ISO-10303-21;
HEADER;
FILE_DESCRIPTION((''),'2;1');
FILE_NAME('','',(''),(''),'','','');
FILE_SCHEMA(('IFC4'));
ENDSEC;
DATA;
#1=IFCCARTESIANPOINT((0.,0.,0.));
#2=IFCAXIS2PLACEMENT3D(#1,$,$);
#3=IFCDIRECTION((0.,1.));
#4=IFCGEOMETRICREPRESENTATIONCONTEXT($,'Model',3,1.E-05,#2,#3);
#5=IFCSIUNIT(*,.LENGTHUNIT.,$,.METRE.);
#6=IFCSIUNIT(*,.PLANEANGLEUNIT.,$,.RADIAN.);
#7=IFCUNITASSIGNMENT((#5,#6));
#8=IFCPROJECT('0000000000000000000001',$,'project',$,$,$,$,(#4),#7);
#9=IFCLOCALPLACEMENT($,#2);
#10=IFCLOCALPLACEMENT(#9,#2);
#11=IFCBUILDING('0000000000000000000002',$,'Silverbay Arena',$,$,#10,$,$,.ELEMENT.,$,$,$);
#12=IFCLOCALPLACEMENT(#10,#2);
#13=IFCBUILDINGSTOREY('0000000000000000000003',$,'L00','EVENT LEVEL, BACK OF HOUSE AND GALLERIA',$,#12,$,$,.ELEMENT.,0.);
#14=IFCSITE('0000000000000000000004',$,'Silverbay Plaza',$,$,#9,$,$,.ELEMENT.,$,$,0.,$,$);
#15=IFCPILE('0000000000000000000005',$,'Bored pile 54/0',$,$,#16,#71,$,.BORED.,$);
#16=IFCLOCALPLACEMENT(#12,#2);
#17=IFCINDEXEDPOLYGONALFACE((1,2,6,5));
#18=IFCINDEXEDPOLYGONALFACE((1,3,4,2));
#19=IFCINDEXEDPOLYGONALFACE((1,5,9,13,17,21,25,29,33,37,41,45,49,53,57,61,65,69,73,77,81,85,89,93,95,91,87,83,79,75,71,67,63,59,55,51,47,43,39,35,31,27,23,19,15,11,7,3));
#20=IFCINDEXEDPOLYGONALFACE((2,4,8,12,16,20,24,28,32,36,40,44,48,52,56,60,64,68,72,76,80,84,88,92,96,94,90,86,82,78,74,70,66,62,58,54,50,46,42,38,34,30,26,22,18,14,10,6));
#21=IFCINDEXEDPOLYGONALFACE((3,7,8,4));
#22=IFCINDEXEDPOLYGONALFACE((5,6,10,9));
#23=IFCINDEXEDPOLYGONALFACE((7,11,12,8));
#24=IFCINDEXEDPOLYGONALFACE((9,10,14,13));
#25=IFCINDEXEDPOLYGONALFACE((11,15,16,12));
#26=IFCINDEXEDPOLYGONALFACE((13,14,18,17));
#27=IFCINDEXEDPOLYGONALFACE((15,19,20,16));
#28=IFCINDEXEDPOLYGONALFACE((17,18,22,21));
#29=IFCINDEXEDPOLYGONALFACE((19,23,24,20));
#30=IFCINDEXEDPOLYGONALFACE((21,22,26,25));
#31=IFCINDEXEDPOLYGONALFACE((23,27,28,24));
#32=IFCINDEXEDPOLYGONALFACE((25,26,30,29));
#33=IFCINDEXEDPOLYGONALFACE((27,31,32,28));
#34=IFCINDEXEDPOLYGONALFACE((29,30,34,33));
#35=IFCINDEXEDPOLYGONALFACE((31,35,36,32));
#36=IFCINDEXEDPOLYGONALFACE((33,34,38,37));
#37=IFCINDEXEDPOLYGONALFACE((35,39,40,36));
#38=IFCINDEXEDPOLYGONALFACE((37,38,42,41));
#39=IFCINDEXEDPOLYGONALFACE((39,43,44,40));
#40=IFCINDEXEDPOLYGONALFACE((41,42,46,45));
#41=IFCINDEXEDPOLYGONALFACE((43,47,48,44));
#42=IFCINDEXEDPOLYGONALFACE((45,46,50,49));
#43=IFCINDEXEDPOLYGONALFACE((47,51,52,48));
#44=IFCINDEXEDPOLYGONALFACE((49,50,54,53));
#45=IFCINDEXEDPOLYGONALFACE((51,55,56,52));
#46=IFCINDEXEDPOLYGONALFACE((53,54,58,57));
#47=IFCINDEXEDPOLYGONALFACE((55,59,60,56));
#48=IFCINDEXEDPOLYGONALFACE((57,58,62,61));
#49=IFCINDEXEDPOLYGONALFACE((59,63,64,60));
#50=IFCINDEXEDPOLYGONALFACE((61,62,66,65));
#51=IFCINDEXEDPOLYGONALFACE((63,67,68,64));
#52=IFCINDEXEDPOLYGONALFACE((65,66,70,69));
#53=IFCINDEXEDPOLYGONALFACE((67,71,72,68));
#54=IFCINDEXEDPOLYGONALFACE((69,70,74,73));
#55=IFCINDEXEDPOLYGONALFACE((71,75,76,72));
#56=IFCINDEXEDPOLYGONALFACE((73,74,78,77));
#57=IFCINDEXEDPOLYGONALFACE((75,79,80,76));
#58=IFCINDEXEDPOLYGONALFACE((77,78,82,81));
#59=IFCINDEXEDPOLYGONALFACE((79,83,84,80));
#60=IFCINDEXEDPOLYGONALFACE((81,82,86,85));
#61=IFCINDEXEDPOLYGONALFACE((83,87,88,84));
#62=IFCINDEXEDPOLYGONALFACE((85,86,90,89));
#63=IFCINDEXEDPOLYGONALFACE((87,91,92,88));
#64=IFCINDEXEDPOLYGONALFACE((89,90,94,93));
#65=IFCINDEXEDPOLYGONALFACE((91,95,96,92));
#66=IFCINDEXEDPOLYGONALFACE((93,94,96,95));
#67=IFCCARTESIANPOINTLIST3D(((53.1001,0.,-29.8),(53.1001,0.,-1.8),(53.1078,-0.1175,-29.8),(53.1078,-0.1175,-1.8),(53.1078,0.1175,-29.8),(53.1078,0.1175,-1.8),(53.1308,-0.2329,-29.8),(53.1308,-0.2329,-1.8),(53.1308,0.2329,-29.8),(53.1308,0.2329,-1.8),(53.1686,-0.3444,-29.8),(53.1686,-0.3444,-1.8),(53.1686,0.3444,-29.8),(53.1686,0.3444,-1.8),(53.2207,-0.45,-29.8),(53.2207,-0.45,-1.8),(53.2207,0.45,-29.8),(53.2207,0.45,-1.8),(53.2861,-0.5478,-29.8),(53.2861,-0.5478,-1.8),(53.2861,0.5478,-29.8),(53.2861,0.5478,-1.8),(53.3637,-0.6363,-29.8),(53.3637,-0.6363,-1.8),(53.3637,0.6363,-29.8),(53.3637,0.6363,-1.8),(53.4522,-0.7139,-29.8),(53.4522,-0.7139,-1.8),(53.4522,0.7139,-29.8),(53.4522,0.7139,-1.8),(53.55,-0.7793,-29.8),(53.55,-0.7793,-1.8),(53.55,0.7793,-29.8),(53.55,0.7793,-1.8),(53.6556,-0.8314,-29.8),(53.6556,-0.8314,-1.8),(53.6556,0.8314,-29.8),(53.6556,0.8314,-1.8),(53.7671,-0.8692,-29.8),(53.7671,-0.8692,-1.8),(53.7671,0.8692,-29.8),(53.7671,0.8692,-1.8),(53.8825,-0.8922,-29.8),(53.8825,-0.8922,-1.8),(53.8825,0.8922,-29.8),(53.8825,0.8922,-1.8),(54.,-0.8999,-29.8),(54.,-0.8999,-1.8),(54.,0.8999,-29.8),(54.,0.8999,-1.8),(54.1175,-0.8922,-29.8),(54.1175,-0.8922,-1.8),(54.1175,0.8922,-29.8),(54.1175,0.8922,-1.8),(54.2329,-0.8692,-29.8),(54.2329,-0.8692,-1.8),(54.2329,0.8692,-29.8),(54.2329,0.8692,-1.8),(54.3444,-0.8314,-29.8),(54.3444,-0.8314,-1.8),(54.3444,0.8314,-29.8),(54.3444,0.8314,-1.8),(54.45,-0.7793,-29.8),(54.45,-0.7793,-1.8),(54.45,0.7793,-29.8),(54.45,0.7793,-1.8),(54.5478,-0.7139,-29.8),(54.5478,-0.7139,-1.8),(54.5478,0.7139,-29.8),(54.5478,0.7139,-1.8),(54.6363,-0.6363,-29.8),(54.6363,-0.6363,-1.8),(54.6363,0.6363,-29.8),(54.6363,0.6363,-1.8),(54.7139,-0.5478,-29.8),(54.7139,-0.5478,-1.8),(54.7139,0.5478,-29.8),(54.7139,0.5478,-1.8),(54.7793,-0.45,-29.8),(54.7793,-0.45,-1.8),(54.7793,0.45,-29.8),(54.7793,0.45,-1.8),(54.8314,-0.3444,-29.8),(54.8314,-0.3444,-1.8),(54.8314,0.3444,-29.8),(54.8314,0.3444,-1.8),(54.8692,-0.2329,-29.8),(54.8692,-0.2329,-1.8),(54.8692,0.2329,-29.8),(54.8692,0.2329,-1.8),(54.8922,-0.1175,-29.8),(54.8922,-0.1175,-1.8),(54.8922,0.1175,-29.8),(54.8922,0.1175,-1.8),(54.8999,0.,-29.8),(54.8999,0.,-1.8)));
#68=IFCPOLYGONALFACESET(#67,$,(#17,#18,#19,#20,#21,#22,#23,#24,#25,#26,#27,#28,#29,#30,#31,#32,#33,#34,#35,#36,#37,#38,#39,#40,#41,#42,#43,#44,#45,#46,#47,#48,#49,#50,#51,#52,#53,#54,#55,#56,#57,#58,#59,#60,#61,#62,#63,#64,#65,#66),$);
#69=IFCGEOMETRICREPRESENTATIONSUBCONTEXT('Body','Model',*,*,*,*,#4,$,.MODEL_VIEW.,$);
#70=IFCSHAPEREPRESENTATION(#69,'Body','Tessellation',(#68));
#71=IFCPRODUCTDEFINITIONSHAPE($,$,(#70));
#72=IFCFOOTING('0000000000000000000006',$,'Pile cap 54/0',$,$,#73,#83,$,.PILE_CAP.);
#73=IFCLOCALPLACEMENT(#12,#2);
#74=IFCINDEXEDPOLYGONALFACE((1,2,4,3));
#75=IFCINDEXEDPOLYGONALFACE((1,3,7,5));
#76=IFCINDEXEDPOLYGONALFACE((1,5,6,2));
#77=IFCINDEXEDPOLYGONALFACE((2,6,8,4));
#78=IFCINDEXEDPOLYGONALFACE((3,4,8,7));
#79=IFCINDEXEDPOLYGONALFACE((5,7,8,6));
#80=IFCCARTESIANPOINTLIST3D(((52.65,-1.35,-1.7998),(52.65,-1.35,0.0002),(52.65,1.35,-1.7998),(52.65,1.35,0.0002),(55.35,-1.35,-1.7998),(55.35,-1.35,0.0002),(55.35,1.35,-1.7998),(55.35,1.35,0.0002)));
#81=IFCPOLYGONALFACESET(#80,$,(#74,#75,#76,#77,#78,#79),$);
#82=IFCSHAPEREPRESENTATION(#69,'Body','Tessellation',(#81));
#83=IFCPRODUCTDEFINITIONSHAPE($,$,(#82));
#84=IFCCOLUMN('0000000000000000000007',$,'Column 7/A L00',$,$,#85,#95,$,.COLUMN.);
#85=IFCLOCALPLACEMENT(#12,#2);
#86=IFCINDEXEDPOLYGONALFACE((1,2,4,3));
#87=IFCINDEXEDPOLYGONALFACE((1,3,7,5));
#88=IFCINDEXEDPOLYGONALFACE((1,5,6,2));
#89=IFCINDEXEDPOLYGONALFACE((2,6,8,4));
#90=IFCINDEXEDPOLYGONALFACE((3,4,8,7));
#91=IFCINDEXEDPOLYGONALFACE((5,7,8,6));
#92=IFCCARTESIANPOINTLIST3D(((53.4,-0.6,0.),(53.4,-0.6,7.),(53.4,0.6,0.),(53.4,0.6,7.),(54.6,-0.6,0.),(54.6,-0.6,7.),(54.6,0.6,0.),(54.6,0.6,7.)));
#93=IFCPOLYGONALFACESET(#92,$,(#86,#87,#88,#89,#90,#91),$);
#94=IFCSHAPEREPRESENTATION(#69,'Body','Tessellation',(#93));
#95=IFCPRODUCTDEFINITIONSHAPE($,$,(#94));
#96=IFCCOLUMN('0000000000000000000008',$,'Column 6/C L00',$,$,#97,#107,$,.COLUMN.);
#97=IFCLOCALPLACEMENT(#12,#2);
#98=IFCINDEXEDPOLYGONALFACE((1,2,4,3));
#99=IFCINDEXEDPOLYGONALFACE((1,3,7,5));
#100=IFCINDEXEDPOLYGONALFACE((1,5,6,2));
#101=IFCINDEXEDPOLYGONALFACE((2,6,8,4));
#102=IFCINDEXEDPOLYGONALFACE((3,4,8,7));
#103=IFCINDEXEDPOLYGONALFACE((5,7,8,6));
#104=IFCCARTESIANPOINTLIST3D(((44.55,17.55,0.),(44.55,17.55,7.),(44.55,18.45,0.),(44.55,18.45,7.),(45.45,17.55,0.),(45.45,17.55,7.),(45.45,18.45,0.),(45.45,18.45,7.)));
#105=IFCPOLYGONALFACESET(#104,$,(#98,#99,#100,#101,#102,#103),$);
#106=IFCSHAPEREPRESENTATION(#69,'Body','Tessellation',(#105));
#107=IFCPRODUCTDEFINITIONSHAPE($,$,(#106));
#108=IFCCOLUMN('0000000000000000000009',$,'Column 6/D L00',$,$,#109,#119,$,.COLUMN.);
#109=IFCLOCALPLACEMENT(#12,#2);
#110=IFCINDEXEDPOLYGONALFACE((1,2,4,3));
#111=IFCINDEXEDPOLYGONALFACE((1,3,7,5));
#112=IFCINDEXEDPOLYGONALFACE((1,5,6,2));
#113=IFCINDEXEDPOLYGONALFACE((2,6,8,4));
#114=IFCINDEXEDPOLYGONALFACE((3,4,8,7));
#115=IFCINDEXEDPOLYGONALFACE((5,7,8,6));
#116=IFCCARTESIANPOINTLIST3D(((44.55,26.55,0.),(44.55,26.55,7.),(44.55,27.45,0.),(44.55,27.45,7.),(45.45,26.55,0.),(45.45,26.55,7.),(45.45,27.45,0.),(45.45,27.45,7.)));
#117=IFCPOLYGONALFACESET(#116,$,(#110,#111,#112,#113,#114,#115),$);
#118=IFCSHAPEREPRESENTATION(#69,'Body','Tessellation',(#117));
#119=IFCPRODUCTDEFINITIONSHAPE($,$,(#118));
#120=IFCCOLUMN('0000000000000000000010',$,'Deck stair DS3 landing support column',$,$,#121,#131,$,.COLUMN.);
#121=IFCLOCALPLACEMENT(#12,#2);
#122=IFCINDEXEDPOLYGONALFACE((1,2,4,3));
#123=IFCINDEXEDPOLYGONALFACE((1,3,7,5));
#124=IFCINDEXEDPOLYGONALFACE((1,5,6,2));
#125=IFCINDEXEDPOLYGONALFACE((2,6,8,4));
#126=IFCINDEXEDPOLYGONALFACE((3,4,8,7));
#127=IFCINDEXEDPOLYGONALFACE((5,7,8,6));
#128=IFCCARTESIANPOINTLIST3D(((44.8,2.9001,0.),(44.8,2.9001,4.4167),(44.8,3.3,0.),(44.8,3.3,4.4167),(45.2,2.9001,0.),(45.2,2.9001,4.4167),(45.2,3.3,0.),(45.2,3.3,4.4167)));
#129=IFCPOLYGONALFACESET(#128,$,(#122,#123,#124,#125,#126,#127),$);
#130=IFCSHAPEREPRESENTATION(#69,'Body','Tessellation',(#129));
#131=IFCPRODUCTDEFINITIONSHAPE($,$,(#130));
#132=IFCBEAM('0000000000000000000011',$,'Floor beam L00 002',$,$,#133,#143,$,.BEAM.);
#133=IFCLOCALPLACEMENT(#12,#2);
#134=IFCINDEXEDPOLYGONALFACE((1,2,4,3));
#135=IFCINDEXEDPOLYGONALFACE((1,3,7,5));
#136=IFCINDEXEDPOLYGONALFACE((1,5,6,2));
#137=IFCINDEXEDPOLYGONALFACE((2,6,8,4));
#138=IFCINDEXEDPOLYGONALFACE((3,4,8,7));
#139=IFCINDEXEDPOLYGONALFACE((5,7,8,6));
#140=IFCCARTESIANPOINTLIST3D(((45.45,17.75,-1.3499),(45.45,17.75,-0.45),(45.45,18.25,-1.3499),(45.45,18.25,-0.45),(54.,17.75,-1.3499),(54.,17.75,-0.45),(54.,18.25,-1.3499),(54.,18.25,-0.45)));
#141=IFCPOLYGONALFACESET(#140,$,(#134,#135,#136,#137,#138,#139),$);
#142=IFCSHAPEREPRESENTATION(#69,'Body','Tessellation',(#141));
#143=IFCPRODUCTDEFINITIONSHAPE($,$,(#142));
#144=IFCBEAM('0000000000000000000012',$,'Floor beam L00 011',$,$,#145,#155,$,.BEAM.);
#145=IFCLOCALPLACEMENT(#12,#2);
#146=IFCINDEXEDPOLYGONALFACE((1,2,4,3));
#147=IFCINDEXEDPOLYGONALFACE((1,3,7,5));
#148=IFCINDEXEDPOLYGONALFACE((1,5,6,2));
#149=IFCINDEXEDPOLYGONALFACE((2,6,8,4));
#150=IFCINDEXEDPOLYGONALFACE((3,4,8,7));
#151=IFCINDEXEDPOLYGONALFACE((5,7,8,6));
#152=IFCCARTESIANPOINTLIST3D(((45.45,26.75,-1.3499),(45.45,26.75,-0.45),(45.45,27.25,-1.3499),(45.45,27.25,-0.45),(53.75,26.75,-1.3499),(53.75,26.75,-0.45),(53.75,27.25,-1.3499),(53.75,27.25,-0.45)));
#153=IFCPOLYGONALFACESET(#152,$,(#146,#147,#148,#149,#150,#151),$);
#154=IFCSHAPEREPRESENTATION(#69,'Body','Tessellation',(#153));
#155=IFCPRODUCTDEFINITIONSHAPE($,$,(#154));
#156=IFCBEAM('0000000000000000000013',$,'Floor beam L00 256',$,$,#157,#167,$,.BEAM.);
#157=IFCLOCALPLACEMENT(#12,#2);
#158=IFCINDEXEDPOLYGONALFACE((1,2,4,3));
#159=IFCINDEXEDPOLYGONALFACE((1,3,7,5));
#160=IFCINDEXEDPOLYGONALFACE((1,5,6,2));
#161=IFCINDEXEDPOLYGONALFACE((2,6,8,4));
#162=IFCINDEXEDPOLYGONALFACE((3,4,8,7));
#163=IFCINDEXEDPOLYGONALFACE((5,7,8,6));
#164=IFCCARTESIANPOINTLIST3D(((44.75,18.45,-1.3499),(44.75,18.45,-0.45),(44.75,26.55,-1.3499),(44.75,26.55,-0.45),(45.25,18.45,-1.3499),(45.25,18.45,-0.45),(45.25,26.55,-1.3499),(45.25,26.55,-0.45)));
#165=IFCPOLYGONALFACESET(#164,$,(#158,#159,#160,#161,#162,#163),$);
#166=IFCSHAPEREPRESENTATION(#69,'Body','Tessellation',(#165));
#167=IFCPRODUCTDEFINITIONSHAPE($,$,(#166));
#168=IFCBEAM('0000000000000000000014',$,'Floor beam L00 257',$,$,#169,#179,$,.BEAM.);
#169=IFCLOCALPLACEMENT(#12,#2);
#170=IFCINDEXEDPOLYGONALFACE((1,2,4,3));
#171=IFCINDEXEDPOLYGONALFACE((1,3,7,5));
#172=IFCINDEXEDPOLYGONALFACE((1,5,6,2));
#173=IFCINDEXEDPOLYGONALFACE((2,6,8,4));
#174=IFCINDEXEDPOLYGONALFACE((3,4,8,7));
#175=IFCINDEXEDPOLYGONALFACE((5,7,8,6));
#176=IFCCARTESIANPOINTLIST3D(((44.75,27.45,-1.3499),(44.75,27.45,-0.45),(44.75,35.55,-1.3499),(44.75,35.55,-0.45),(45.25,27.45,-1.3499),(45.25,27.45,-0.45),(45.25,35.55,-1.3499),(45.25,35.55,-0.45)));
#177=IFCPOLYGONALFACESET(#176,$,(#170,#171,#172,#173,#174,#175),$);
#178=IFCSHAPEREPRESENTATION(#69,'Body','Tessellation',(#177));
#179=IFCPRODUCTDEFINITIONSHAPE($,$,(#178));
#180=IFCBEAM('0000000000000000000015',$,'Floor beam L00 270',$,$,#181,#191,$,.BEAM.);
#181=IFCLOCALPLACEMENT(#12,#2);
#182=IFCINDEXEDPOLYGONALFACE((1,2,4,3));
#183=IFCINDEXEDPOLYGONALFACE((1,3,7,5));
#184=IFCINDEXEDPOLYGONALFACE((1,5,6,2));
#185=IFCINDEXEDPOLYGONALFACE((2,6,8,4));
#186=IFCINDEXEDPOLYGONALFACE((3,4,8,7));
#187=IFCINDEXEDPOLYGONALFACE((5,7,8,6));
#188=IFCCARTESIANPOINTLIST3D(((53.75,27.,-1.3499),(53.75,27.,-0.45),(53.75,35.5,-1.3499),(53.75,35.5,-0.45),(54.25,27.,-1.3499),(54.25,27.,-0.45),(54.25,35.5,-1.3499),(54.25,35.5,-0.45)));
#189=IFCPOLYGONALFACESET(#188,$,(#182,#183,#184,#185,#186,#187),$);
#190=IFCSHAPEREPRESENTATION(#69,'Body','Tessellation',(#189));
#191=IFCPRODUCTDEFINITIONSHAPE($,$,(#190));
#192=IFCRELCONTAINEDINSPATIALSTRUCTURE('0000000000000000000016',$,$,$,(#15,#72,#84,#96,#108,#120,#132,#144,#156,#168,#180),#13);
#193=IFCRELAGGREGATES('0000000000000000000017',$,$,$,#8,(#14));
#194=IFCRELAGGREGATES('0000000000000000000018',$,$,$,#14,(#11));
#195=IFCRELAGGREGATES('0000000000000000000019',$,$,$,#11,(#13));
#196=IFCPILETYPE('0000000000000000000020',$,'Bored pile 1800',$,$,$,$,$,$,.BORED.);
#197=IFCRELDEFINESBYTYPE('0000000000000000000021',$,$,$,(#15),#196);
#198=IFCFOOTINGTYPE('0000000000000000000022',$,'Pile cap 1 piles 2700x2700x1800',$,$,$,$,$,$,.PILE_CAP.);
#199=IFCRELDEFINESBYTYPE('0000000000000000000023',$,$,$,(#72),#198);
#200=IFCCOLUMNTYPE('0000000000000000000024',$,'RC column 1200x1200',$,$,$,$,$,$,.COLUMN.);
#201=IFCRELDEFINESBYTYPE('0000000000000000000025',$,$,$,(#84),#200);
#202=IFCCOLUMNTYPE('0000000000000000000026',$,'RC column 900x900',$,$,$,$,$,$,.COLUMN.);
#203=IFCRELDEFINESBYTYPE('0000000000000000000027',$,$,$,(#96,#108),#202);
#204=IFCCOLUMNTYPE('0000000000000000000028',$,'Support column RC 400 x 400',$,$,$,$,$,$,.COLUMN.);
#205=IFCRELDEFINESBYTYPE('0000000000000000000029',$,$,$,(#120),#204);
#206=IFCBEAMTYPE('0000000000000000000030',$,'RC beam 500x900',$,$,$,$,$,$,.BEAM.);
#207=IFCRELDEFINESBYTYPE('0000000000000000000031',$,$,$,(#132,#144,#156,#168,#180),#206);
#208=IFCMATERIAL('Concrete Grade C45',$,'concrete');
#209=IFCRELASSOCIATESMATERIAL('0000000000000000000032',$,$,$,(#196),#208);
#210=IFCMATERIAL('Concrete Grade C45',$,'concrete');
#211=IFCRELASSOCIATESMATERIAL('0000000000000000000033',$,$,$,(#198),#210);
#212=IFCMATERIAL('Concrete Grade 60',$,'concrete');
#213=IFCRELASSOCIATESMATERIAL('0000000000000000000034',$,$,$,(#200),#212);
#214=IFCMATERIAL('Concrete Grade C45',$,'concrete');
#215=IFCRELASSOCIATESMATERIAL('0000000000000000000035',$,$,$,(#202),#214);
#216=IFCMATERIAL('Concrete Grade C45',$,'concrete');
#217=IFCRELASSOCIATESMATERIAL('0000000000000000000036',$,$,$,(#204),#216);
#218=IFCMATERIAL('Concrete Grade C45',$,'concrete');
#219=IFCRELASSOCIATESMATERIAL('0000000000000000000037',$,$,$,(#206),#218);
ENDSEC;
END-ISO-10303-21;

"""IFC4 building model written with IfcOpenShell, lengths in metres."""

from ifc_helpers import new_model, si_unit, direction, frame, origin, origin_2d, place, context, subcontext, project, spatial, rectangle, circle, extrude, material, material_profile, profile_set, type_object, element, save


model = new_model("IFC4")

# Units and contexts
model_context = context("Model", 3, precision=1e-05, world=origin(), true_north=direction((0.0, 1.0)))
body_context = subcontext(model_context, "Body", "Model", "MODEL_VIEW")
ifc_project = project(units=[si_unit("LENGTHUNIT", "METRE"), si_unit("PLANEANGLEUNIT", "RADIAN")], contexts=[model_context])

# Site, building, storey
site_placement = place(None, origin())
site = spatial("IfcSite", under=ifc_project, at=site_placement, Name="Silverbay Plaza", CompositionType="ELEMENT", RefElevation=0.0)
building_placement = place(site_placement, origin())
building = spatial("IfcBuilding", under=site, at=building_placement, Name="Silverbay Arena", CompositionType="ELEMENT")
storey_placement = place(building_placement, origin())
storey = spatial("IfcBuildingStorey", under=building, at=storey_placement, Name="L00", Description="EVENT LEVEL, BACK OF HOUSE AND GALLERIA", CompositionType="ELEMENT", Elevation=0.0)

# Pile
ifc_material_1 = material(Name="Concrete Grade C45", Category="concrete")
ifc_material_profile_1 = material_profile(ifc_material_1, circle(Radius=0.8999, at=origin_2d()), Name="Bored pile 1800")
ifc_profile_set_1 = profile_set([ifc_material_profile_1], Name="Concrete Grade C45")
pile_type = type_object("IfcPileType", Name="Bored pile 1800", PredefinedType="BORED", material=ifc_profile_set_1)
pile_placement = place(storey_placement, frame((54.0, 0.0, -1.8), z_axis=(0.0, 0.0, -1.0), x_axis=(1.0, 0.0, 0.0)))
element("IfcPile", 1, at=pile_placement, inside=storey, type_object=pile_type, Name="Bored pile 54/0", PredefinedType="BORED", context=body_context, shape_type="SweptSolid", body=[
    extrude(circle(Radius=0.8999, at=origin_2d()), origin(), (0.0, 0.0, 1.0), 28.0),
])

# Footing
ifc_material_2 = material(Name="Concrete Grade C45", Category="concrete")
footing_type = type_object("IfcFootingType", Name="Pile cap 1 piles 2700x2700x1800", PredefinedType="PILE_CAP", material=ifc_material_2)
footing_placement = place(storey_placement, frame((54.0, 0.0, -1.7998), z_axis=(0.0, 0.0, 1.0), x_axis=(1.0, 0.0, 0.0)))
element("IfcFooting", 2, at=footing_placement, inside=storey, type_object=footing_type, Name="Pile cap 54/0", PredefinedType="PILE_CAP", context=body_context, shape_type="SweptSolid", body=[
    extrude(rectangle(XDim=2.7, YDim=2.7, at=origin_2d()), origin(), (0.0, 0.0, 1.0), 1.8),
])

# Columns
ifc_material_3 = material(Name="Concrete Grade 60", Category="concrete")
ifc_material_profile_2 = material_profile(ifc_material_3, rectangle(XDim=1.2, YDim=1.2, at=origin_2d()), Name="RC 1200x1200")
ifc_profile_set_2 = profile_set([ifc_material_profile_2], Name="Concrete Grade 60")
column_type_1 = type_object("IfcColumnType", Name="RC column 1200x1200", PredefinedType="COLUMN", material=ifc_profile_set_2)
column_1_placement = place(storey_placement, frame((54.0, 0.0, 0.0), z_axis=(0.0, 0.0, 1.0), x_axis=(1.0, 0.0, 0.0)))
element("IfcColumn", 3, at=column_1_placement, inside=storey, type_object=column_type_1, Name="Column 7/A L00", PredefinedType="COLUMN", context=body_context, shape_type="SweptSolid", body=[
    extrude(rectangle(XDim=1.2, YDim=1.2, at=origin_2d()), origin(), (0.0, 0.0, 1.0), 7.0),
])
ifc_material_4 = material(Name="Concrete Grade C45", Category="concrete")
ifc_material_profile_3 = material_profile(ifc_material_4, rectangle(XDim=0.8999, YDim=0.8999, at=origin_2d()), Name="RC 900x900")
ifc_profile_set_3 = profile_set([ifc_material_profile_3], Name="Concrete Grade C45")
column_type_2 = type_object("IfcColumnType", Name="RC column 900x900", PredefinedType="COLUMN", material=ifc_profile_set_3)
for number, where, z_axis, x_axis, name in (
    (4, (45.0, 18.0, 0.0), (0.0, 0.0, 1.0), (1.0, 0.0, 0.0), "Column 6/C L00"),
    (5, (45.0, 27.0, 0.0), (0.0, 0.0, 1.0), (1.0, 0.0, 0.0), "Column 6/D L00"),
):
    element("IfcColumn", number, at=place(storey_placement, frame(where, z_axis=z_axis, x_axis=x_axis)), inside=storey, type_object=column_type_2, Name=name, PredefinedType="COLUMN", context=body_context, shape_type="SweptSolid", body=[
        extrude(rectangle(XDim=0.8999, YDim=0.8999, at=origin_2d()), origin(), (0.0, 0.0, 1.0), 7.0),
    ])
ifc_material_5 = material(Name="Concrete Grade C45", Category="concrete")
ifc_material_profile_4 = material_profile(ifc_material_5, rectangle(XDim=0.3999, YDim=0.3999, at=origin_2d()), Name="RC 400x400")
ifc_profile_set_4 = profile_set([ifc_material_profile_4], Name="Concrete Grade C45")
column_type_3 = type_object("IfcColumnType", Name="Support column RC 400 x 400", PredefinedType="COLUMN", material=ifc_profile_set_4)
column_2_placement = place(storey_placement, frame((45.0, 3.1001, 0.0), z_axis=(0.0, 0.0, 1.0), x_axis=(1.0, 0.0, 0.0)))
element("IfcColumn", 6, at=column_2_placement, inside=storey, type_object=column_type_3, Name="Deck stair DS3 landing support column", PredefinedType="COLUMN", context=body_context, shape_type="SweptSolid", body=[
    extrude(rectangle(XDim=0.3999, YDim=0.3999, at=origin_2d()), origin(), (0.0, 0.0, 1.0), 4.4167),
])

# Beams
ifc_material_6 = material(Name="Concrete Grade C45", Category="concrete")
ifc_material_profile_5 = material_profile(ifc_material_6, rectangle(XDim=0.5, YDim=0.8999, at=origin_2d()), Name="RC 500x900")
ifc_profile_set_5 = profile_set([ifc_material_profile_5], Name="Concrete Grade C45")
beam_type = type_object("IfcBeamType", Name="RC beam 500x900", PredefinedType="BEAM", material=ifc_profile_set_5)
beam_1_placement = place(storey_placement, frame((45.45, 18.0, -0.8999), z_axis=(1.0, 0.0, 0.0), x_axis=(0.0, 1.0, 0.0)))
element("IfcBeam", 7, at=beam_1_placement, inside=storey, type_object=beam_type, Name="Floor beam L00 002", PredefinedType="BEAM", context=body_context, shape_type="SweptSolid", body=[
    extrude(rectangle(XDim=0.5, YDim=0.8999, at=origin_2d()), origin(), (0.0, 0.0, 1.0), 8.55),
])
beam_2_placement = place(storey_placement, frame((45.45, 27.0, -0.8999), z_axis=(1.0, 0.0, 0.0), x_axis=(0.0, 1.0, 0.0)))
element("IfcBeam", 8, at=beam_2_placement, inside=storey, type_object=beam_type, Name="Floor beam L00 011", PredefinedType="BEAM", context=body_context, shape_type="SweptSolid", body=[
    extrude(rectangle(XDim=0.5, YDim=0.8999, at=origin_2d()), origin(), (0.0, 0.0, 1.0), 8.3),
])
for number, where, z_axis, x_axis, name in (
    (9, (45.0, 18.45, -0.8999), (0.0, 1.0, 0.0), (-1.0, 0.0, 0.0), "Floor beam L00 256"),
    (10, (45.0, 27.45, -0.8999), (0.0, 1.0, 0.0), (-1.0, 0.0, 0.0), "Floor beam L00 257"),
):
    element("IfcBeam", number, at=place(storey_placement, frame(where, z_axis=z_axis, x_axis=x_axis)), inside=storey, type_object=beam_type, Name=name, PredefinedType="BEAM", context=body_context, shape_type="SweptSolid", body=[
        extrude(rectangle(XDim=0.5, YDim=0.8999, at=origin_2d()), origin(), (0.0, 0.0, 1.0), 8.1001),
    ])
beam_3_placement = place(storey_placement, frame((54.0, 27.0, -0.8999), z_axis=(0.0, 1.0, 0.0), x_axis=(-1.0, 0.0, 0.0)))
element("IfcBeam", 11, at=beam_3_placement, inside=storey, type_object=beam_type, Name="Floor beam L00 270", PredefinedType="BEAM", context=body_context, shape_type="SweptSolid", body=[
    extrude(rectangle(XDim=0.5, YDim=0.8999, at=origin_2d()), origin(), (0.0, 0.0, 1.0), 8.5),
])

save(model, "model.ifc")
